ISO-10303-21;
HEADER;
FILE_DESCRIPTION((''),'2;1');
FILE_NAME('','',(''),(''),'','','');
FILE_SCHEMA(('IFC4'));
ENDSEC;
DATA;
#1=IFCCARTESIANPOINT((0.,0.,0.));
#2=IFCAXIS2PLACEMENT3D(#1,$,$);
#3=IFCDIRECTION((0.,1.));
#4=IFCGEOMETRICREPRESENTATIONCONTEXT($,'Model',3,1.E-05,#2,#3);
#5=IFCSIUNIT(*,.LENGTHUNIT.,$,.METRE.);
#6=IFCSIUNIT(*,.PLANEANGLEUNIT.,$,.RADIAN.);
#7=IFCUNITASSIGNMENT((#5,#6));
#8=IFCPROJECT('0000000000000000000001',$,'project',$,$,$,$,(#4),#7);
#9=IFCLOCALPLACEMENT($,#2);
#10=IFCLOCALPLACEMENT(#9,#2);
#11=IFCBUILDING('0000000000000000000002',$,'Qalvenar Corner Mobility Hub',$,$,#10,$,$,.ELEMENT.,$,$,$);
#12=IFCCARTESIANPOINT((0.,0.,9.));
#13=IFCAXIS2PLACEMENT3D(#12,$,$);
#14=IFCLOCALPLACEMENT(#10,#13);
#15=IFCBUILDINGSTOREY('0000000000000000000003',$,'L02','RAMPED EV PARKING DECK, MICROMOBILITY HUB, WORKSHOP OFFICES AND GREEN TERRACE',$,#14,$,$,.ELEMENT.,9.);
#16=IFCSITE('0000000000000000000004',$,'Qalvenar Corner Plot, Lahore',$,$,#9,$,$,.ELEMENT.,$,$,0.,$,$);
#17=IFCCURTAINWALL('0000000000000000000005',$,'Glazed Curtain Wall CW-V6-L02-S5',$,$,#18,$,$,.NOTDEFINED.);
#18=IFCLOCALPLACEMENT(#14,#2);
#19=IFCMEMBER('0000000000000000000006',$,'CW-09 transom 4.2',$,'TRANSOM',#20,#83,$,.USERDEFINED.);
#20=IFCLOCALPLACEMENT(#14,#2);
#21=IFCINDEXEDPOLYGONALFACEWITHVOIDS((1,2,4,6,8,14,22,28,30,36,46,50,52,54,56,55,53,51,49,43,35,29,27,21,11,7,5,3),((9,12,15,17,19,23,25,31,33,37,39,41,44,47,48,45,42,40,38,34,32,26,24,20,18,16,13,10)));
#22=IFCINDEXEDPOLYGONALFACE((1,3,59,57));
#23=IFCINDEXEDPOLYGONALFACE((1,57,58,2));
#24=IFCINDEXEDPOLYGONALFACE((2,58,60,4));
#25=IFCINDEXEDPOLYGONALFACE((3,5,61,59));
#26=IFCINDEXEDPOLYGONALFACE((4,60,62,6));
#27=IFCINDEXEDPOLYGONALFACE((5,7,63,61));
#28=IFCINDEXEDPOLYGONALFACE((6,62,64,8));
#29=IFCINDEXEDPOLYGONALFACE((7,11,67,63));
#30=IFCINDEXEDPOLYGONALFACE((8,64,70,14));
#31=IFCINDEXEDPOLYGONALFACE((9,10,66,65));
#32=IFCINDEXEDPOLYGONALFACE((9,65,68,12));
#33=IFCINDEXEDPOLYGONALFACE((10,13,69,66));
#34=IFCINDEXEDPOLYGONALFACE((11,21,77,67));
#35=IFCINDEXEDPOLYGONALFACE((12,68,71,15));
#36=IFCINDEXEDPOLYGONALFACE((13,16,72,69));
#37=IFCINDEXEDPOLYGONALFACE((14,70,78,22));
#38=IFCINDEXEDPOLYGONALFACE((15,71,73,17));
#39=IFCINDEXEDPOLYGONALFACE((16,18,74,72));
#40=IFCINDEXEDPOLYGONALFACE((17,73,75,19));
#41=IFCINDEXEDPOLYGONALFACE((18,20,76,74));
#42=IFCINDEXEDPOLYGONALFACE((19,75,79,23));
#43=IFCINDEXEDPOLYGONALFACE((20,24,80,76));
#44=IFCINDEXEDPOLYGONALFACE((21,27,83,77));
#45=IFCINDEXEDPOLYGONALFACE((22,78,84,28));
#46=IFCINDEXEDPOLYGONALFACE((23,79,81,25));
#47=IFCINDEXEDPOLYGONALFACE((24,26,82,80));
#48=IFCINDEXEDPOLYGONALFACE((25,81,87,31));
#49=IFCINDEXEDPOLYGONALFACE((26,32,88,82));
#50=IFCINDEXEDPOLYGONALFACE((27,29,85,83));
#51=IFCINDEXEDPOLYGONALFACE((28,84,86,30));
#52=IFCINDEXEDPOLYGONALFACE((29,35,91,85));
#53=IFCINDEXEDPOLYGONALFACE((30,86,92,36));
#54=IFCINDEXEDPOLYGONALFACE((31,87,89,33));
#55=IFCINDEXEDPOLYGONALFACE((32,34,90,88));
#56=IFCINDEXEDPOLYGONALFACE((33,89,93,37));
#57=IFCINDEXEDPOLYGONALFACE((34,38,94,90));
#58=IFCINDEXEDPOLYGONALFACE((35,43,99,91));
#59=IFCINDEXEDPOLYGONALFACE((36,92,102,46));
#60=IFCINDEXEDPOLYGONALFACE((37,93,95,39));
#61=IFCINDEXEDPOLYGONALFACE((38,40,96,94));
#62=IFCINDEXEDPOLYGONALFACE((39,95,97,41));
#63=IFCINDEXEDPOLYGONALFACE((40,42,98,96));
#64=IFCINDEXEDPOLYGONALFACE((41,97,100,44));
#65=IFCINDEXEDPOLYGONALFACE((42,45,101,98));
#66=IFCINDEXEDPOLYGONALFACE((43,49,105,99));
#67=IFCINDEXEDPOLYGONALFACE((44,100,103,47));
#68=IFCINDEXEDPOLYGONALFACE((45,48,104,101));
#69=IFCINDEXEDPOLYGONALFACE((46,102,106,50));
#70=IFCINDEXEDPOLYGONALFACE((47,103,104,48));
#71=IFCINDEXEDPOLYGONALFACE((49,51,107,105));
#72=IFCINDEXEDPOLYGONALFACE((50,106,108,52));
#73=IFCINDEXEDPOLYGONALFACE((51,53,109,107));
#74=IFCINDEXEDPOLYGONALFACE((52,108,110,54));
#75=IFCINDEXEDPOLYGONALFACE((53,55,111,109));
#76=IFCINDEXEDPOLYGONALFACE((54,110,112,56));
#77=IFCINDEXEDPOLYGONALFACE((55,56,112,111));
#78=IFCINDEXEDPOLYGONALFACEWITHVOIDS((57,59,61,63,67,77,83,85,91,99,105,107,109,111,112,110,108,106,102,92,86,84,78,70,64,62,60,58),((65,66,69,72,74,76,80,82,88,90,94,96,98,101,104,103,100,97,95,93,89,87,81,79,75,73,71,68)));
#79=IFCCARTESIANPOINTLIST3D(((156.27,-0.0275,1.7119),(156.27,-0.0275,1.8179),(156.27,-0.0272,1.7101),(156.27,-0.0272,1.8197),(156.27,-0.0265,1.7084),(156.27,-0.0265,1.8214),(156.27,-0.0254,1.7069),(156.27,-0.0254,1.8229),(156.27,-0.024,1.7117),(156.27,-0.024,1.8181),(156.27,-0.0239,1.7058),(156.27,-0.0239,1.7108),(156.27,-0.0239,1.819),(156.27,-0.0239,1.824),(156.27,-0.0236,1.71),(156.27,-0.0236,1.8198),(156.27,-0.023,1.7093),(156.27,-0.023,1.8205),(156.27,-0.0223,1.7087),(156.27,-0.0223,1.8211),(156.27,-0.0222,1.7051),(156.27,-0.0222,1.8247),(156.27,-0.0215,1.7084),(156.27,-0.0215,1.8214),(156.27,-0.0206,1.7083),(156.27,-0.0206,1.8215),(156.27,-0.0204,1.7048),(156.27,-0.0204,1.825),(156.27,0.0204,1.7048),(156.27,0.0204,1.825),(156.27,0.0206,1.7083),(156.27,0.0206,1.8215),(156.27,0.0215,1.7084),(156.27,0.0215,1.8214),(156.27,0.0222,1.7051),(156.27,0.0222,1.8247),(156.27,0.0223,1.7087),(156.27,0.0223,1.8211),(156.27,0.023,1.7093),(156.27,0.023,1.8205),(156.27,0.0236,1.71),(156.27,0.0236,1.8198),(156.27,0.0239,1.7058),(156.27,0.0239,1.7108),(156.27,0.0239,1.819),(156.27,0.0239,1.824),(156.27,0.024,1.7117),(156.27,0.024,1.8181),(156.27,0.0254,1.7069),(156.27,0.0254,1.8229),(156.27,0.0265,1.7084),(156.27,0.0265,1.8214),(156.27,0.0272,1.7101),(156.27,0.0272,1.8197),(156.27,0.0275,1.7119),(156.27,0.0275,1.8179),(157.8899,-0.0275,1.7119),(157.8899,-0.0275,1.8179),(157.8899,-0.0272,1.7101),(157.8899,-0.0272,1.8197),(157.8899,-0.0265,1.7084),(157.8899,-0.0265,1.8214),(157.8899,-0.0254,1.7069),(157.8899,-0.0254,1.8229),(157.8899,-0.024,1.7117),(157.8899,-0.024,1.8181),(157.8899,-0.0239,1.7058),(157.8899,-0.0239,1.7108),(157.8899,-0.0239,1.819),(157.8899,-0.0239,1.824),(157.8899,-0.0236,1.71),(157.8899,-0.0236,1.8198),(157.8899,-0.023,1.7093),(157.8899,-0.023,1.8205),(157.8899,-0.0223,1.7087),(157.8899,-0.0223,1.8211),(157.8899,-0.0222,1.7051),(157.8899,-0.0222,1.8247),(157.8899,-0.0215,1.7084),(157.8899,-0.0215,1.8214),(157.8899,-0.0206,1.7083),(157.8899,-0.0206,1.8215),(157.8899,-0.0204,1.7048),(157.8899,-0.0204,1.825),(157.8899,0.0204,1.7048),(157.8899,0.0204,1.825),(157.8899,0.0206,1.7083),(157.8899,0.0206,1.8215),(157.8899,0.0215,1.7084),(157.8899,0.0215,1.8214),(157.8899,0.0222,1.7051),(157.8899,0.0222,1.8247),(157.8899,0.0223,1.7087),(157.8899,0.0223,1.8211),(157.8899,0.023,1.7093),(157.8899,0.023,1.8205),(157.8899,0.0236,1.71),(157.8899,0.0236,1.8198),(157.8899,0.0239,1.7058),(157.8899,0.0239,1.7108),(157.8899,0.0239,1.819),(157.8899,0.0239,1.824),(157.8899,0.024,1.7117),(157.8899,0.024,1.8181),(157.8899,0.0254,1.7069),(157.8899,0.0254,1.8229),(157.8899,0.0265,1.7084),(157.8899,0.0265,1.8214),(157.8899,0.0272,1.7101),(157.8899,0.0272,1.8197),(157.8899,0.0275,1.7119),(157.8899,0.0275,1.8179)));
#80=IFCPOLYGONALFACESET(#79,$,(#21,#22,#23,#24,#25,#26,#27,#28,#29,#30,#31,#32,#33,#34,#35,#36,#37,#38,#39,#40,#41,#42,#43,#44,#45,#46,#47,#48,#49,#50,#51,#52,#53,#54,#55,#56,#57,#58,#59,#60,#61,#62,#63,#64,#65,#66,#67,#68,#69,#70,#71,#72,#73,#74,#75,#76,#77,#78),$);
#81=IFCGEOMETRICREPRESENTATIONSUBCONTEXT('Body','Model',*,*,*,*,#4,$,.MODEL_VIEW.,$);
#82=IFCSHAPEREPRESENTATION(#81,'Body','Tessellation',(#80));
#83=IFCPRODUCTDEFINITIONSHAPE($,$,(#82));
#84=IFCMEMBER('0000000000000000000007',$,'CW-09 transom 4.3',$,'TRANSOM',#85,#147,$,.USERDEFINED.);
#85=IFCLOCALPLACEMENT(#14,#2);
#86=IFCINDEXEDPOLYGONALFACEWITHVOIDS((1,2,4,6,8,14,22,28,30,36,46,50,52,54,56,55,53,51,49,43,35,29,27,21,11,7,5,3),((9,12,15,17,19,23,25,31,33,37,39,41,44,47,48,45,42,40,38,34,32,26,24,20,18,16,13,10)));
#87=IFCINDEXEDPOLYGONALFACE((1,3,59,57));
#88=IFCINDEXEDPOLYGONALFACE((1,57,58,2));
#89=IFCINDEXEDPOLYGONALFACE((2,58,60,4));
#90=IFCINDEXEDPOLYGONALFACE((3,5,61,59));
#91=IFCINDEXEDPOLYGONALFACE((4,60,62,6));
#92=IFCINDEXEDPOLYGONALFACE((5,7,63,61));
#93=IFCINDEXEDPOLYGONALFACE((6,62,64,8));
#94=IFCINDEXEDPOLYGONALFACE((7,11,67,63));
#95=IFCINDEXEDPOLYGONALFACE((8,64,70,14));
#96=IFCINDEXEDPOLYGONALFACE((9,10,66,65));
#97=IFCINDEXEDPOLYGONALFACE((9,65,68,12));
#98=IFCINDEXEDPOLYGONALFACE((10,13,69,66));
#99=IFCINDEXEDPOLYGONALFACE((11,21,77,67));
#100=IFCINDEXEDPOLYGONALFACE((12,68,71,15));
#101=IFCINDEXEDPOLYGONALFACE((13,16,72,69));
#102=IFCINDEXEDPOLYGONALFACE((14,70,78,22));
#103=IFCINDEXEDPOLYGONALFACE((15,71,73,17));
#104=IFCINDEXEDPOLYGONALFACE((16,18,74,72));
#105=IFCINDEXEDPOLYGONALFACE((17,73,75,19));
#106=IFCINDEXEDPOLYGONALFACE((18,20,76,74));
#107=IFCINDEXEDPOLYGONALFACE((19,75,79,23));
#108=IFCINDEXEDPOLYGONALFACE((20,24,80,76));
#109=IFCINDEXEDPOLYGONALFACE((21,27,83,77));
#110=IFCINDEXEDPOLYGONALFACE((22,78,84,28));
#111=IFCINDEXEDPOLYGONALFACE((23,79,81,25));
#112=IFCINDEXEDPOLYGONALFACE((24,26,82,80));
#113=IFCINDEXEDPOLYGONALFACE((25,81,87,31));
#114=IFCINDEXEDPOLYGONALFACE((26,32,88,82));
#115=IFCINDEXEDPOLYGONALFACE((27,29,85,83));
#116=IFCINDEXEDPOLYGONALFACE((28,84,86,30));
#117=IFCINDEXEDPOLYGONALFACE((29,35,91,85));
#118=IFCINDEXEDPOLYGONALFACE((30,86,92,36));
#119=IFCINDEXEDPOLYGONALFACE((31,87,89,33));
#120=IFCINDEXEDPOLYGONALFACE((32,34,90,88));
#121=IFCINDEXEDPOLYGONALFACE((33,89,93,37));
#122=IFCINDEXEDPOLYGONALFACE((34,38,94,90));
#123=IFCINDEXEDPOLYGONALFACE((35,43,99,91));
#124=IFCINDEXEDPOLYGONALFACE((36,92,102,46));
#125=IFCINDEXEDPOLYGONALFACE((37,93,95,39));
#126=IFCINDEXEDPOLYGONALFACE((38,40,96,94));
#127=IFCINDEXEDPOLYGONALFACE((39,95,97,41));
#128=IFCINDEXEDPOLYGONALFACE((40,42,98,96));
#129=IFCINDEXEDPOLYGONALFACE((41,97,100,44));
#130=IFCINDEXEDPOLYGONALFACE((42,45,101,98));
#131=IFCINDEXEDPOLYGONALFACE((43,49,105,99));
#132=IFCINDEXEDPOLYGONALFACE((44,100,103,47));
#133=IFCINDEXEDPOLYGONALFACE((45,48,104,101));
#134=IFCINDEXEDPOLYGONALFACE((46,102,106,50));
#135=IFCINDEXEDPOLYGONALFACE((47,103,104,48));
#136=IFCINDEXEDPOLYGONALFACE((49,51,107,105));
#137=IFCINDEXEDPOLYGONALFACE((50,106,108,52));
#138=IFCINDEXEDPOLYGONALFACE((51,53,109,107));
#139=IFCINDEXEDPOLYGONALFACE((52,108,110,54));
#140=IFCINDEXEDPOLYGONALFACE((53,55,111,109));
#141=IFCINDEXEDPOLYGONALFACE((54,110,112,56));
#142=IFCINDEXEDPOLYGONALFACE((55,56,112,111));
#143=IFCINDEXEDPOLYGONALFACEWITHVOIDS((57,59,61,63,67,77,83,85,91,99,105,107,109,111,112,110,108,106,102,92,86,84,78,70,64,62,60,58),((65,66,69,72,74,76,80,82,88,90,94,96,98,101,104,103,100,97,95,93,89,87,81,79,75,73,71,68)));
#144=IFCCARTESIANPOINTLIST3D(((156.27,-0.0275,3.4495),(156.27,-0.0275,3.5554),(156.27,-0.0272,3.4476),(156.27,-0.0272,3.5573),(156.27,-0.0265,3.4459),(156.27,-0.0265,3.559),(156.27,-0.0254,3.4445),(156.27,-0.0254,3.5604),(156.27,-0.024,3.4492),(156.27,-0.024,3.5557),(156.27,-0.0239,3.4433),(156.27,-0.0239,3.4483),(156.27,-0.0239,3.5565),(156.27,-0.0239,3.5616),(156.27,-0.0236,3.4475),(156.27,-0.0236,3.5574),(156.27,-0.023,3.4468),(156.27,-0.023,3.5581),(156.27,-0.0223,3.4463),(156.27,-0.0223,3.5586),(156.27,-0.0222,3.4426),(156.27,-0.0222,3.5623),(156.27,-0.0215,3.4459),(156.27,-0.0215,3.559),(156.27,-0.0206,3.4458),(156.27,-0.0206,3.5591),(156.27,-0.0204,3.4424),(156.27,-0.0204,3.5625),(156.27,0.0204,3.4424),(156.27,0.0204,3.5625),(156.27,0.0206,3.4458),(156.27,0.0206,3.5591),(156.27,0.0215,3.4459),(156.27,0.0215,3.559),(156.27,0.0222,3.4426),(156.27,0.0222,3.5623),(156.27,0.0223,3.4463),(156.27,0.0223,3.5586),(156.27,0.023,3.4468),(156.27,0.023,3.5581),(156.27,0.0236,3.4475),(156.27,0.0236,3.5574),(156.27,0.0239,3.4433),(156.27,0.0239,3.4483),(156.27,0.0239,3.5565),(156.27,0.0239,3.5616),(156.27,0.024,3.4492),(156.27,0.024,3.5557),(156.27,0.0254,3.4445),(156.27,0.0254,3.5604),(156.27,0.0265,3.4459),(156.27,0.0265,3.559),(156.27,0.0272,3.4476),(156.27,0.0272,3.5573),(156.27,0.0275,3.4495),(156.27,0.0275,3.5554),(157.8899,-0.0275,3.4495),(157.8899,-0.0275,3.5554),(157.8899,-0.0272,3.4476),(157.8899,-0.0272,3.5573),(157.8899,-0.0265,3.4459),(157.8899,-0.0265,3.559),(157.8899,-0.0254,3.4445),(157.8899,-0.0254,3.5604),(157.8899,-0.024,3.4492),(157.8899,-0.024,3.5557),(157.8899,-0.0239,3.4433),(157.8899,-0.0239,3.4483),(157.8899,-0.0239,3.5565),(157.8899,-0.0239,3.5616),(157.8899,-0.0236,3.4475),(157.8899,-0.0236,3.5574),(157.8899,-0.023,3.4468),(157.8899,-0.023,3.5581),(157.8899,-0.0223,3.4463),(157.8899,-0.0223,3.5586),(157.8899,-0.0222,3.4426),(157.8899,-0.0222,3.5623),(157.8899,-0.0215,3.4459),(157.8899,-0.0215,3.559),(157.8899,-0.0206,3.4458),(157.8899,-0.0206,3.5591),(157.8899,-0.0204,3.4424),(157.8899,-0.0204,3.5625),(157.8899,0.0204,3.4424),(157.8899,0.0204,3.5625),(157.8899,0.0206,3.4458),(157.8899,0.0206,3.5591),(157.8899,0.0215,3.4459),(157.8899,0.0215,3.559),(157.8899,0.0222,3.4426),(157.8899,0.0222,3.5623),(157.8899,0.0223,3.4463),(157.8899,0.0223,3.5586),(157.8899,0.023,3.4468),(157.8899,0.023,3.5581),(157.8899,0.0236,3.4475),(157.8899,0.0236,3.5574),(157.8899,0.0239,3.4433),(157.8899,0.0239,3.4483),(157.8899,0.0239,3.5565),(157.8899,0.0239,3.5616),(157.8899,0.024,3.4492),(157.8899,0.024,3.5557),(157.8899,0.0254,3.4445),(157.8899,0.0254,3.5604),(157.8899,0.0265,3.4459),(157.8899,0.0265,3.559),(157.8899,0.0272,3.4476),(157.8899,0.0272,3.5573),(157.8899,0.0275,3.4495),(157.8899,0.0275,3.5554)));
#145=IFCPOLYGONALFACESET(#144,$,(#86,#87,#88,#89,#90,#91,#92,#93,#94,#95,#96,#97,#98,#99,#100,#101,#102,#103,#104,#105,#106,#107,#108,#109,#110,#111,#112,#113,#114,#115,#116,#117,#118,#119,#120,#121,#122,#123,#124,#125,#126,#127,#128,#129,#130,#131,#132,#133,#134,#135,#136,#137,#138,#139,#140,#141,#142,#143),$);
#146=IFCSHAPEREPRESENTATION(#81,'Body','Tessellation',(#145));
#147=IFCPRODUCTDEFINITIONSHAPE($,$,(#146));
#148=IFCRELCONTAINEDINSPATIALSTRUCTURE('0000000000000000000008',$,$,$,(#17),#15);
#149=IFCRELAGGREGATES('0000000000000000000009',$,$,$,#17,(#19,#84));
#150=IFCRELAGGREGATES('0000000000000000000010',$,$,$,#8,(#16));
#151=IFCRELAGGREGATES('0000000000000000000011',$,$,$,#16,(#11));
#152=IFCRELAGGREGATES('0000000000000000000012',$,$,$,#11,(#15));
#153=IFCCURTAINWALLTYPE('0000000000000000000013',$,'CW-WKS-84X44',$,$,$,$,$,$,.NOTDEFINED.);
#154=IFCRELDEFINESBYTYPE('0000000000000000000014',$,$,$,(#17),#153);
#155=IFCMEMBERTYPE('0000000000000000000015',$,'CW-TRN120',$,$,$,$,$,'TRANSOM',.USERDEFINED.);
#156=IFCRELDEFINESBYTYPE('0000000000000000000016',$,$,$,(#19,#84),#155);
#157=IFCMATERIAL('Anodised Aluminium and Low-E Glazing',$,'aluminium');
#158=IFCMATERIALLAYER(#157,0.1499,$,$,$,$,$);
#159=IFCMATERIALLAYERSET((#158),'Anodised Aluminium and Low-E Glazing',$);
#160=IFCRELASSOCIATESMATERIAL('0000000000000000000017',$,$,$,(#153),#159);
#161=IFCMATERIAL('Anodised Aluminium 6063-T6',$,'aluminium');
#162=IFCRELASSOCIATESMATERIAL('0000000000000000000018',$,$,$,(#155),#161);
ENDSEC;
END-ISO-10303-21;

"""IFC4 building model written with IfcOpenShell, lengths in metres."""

from ifc_helpers import new_model, si_unit, direction, frame, origin, origin_2d, place, context, subcontext, project, spatial, hollow_rectangle, extrude, material, layer, layer_set, material_profile, profile_set, type_object, element, aggregate, save


model = new_model("IFC4")

# Units and contexts
model_context = context("Model", 3, precision=1e-05, world=origin(), true_north=direction((0.0, 1.0)))
body_context = subcontext(model_context, "Body", "Model", "MODEL_VIEW")
ifc_project = project(units=[si_unit("LENGTHUNIT", "METRE"), si_unit("PLANEANGLEUNIT", "RADIAN")], contexts=[model_context])

# Site, building, storey
site_placement = place(None, origin())
site = spatial("IfcSite", under=ifc_project, at=site_placement, Name="Qalvenar Corner Plot, Lahore", CompositionType="ELEMENT", RefElevation=0.0)
building_placement = place(site_placement, origin())
building = spatial("IfcBuilding", under=site, at=building_placement, Name="Qalvenar Corner Mobility Hub", CompositionType="ELEMENT")
storey_placement = place(building_placement, frame((0.0, 0.0, 9.0)))
storey = spatial("IfcBuildingStorey", under=building, at=storey_placement, Name="L02", Description="RAMPED EV PARKING DECK, MICROMOBILITY HUB, WORKSHOP OFFICES AND GREEN TERRACE", CompositionType="ELEMENT", Elevation=9.0)

# Curtain wall, members
ifc_material_1 = material(Name="Anodised Aluminium and Low-E Glazing", Category="aluminium")
ifc_layer_1 = layer(ifc_material_1, 0.1499)
ifc_layer_set_1 = layer_set([ifc_layer_1], Name="Anodised Aluminium and Low-E Glazing")
curtain_wall_type = type_object("IfcCurtainWallType", Name="CW-WKS-84X44", PredefinedType="NOTDEFINED", material=ifc_layer_set_1)
curtain_wall_placement = place(storey_placement, origin())
curtain_wall = element("IfcCurtainWall", 1, at=curtain_wall_placement, inside=storey, type_object=curtain_wall_type, Name="Glazed Curtain Wall CW-V6-L02-S5", PredefinedType="NOTDEFINED")
ifc_material_2 = material(Name="Anodised Aluminium 6063-T6", Category="aluminium")
ifc_material_profile_1 = material_profile(ifc_material_2, hollow_rectangle(XDim=0.0549, YDim=0.1201, WallThickness=0.0034, InnerFilletRadius=0.0034, OuterFilletRadius=0.0071, at=origin_2d()), Name="RHS120x55x3.5")
ifc_profile_set_1 = profile_set([ifc_material_profile_1], Name="Anodised Aluminium 6063-T6")
member_type_1 = type_object("IfcMemberType", Name="CW-TRN120", ElementType="TRANSOM", PredefinedType="USERDEFINED", material=ifc_profile_set_1)
member_1_placement = place(storey_placement, frame((156.27, 0.0, 1.7649), z_axis=(1.0, 0.0, 0.0), x_axis=(0.0, 1.0, 0.0)))
member_1 = element("IfcMember", 2, at=member_1_placement, type_object=member_type_1, Name="CW-09 transom 4.2", ObjectType="TRANSOM", PredefinedType="USERDEFINED", context=body_context, shape_type="SweptSolid", body=[
    extrude(hollow_rectangle(XDim=0.0549, YDim=0.1201, WallThickness=0.0034, InnerFilletRadius=0.0034, OuterFilletRadius=0.0071, at=origin_2d()), origin(), (0.0, 0.0, 1.0), 1.6199),
])
member_2_placement = place(storey_placement, frame((156.27, 0.0, 3.5024), z_axis=(1.0, 0.0, 0.0), x_axis=(0.0, 1.0, 0.0)))
member_2 = element("IfcMember", 3, at=member_2_placement, type_object=member_type_1, Name="CW-09 transom 4.3", ObjectType="TRANSOM", PredefinedType="USERDEFINED", context=body_context, shape_type="SweptSolid", body=[
    extrude(hollow_rectangle(XDim=0.0549, YDim=0.1201, WallThickness=0.0034, InnerFilletRadius=0.0034, OuterFilletRadius=0.0071, at=origin_2d()), origin(), (0.0, 0.0, 1.0), 1.6199),
])
aggregate(curtain_wall, [member_1, member_2])

save(model, "model.ifc")
